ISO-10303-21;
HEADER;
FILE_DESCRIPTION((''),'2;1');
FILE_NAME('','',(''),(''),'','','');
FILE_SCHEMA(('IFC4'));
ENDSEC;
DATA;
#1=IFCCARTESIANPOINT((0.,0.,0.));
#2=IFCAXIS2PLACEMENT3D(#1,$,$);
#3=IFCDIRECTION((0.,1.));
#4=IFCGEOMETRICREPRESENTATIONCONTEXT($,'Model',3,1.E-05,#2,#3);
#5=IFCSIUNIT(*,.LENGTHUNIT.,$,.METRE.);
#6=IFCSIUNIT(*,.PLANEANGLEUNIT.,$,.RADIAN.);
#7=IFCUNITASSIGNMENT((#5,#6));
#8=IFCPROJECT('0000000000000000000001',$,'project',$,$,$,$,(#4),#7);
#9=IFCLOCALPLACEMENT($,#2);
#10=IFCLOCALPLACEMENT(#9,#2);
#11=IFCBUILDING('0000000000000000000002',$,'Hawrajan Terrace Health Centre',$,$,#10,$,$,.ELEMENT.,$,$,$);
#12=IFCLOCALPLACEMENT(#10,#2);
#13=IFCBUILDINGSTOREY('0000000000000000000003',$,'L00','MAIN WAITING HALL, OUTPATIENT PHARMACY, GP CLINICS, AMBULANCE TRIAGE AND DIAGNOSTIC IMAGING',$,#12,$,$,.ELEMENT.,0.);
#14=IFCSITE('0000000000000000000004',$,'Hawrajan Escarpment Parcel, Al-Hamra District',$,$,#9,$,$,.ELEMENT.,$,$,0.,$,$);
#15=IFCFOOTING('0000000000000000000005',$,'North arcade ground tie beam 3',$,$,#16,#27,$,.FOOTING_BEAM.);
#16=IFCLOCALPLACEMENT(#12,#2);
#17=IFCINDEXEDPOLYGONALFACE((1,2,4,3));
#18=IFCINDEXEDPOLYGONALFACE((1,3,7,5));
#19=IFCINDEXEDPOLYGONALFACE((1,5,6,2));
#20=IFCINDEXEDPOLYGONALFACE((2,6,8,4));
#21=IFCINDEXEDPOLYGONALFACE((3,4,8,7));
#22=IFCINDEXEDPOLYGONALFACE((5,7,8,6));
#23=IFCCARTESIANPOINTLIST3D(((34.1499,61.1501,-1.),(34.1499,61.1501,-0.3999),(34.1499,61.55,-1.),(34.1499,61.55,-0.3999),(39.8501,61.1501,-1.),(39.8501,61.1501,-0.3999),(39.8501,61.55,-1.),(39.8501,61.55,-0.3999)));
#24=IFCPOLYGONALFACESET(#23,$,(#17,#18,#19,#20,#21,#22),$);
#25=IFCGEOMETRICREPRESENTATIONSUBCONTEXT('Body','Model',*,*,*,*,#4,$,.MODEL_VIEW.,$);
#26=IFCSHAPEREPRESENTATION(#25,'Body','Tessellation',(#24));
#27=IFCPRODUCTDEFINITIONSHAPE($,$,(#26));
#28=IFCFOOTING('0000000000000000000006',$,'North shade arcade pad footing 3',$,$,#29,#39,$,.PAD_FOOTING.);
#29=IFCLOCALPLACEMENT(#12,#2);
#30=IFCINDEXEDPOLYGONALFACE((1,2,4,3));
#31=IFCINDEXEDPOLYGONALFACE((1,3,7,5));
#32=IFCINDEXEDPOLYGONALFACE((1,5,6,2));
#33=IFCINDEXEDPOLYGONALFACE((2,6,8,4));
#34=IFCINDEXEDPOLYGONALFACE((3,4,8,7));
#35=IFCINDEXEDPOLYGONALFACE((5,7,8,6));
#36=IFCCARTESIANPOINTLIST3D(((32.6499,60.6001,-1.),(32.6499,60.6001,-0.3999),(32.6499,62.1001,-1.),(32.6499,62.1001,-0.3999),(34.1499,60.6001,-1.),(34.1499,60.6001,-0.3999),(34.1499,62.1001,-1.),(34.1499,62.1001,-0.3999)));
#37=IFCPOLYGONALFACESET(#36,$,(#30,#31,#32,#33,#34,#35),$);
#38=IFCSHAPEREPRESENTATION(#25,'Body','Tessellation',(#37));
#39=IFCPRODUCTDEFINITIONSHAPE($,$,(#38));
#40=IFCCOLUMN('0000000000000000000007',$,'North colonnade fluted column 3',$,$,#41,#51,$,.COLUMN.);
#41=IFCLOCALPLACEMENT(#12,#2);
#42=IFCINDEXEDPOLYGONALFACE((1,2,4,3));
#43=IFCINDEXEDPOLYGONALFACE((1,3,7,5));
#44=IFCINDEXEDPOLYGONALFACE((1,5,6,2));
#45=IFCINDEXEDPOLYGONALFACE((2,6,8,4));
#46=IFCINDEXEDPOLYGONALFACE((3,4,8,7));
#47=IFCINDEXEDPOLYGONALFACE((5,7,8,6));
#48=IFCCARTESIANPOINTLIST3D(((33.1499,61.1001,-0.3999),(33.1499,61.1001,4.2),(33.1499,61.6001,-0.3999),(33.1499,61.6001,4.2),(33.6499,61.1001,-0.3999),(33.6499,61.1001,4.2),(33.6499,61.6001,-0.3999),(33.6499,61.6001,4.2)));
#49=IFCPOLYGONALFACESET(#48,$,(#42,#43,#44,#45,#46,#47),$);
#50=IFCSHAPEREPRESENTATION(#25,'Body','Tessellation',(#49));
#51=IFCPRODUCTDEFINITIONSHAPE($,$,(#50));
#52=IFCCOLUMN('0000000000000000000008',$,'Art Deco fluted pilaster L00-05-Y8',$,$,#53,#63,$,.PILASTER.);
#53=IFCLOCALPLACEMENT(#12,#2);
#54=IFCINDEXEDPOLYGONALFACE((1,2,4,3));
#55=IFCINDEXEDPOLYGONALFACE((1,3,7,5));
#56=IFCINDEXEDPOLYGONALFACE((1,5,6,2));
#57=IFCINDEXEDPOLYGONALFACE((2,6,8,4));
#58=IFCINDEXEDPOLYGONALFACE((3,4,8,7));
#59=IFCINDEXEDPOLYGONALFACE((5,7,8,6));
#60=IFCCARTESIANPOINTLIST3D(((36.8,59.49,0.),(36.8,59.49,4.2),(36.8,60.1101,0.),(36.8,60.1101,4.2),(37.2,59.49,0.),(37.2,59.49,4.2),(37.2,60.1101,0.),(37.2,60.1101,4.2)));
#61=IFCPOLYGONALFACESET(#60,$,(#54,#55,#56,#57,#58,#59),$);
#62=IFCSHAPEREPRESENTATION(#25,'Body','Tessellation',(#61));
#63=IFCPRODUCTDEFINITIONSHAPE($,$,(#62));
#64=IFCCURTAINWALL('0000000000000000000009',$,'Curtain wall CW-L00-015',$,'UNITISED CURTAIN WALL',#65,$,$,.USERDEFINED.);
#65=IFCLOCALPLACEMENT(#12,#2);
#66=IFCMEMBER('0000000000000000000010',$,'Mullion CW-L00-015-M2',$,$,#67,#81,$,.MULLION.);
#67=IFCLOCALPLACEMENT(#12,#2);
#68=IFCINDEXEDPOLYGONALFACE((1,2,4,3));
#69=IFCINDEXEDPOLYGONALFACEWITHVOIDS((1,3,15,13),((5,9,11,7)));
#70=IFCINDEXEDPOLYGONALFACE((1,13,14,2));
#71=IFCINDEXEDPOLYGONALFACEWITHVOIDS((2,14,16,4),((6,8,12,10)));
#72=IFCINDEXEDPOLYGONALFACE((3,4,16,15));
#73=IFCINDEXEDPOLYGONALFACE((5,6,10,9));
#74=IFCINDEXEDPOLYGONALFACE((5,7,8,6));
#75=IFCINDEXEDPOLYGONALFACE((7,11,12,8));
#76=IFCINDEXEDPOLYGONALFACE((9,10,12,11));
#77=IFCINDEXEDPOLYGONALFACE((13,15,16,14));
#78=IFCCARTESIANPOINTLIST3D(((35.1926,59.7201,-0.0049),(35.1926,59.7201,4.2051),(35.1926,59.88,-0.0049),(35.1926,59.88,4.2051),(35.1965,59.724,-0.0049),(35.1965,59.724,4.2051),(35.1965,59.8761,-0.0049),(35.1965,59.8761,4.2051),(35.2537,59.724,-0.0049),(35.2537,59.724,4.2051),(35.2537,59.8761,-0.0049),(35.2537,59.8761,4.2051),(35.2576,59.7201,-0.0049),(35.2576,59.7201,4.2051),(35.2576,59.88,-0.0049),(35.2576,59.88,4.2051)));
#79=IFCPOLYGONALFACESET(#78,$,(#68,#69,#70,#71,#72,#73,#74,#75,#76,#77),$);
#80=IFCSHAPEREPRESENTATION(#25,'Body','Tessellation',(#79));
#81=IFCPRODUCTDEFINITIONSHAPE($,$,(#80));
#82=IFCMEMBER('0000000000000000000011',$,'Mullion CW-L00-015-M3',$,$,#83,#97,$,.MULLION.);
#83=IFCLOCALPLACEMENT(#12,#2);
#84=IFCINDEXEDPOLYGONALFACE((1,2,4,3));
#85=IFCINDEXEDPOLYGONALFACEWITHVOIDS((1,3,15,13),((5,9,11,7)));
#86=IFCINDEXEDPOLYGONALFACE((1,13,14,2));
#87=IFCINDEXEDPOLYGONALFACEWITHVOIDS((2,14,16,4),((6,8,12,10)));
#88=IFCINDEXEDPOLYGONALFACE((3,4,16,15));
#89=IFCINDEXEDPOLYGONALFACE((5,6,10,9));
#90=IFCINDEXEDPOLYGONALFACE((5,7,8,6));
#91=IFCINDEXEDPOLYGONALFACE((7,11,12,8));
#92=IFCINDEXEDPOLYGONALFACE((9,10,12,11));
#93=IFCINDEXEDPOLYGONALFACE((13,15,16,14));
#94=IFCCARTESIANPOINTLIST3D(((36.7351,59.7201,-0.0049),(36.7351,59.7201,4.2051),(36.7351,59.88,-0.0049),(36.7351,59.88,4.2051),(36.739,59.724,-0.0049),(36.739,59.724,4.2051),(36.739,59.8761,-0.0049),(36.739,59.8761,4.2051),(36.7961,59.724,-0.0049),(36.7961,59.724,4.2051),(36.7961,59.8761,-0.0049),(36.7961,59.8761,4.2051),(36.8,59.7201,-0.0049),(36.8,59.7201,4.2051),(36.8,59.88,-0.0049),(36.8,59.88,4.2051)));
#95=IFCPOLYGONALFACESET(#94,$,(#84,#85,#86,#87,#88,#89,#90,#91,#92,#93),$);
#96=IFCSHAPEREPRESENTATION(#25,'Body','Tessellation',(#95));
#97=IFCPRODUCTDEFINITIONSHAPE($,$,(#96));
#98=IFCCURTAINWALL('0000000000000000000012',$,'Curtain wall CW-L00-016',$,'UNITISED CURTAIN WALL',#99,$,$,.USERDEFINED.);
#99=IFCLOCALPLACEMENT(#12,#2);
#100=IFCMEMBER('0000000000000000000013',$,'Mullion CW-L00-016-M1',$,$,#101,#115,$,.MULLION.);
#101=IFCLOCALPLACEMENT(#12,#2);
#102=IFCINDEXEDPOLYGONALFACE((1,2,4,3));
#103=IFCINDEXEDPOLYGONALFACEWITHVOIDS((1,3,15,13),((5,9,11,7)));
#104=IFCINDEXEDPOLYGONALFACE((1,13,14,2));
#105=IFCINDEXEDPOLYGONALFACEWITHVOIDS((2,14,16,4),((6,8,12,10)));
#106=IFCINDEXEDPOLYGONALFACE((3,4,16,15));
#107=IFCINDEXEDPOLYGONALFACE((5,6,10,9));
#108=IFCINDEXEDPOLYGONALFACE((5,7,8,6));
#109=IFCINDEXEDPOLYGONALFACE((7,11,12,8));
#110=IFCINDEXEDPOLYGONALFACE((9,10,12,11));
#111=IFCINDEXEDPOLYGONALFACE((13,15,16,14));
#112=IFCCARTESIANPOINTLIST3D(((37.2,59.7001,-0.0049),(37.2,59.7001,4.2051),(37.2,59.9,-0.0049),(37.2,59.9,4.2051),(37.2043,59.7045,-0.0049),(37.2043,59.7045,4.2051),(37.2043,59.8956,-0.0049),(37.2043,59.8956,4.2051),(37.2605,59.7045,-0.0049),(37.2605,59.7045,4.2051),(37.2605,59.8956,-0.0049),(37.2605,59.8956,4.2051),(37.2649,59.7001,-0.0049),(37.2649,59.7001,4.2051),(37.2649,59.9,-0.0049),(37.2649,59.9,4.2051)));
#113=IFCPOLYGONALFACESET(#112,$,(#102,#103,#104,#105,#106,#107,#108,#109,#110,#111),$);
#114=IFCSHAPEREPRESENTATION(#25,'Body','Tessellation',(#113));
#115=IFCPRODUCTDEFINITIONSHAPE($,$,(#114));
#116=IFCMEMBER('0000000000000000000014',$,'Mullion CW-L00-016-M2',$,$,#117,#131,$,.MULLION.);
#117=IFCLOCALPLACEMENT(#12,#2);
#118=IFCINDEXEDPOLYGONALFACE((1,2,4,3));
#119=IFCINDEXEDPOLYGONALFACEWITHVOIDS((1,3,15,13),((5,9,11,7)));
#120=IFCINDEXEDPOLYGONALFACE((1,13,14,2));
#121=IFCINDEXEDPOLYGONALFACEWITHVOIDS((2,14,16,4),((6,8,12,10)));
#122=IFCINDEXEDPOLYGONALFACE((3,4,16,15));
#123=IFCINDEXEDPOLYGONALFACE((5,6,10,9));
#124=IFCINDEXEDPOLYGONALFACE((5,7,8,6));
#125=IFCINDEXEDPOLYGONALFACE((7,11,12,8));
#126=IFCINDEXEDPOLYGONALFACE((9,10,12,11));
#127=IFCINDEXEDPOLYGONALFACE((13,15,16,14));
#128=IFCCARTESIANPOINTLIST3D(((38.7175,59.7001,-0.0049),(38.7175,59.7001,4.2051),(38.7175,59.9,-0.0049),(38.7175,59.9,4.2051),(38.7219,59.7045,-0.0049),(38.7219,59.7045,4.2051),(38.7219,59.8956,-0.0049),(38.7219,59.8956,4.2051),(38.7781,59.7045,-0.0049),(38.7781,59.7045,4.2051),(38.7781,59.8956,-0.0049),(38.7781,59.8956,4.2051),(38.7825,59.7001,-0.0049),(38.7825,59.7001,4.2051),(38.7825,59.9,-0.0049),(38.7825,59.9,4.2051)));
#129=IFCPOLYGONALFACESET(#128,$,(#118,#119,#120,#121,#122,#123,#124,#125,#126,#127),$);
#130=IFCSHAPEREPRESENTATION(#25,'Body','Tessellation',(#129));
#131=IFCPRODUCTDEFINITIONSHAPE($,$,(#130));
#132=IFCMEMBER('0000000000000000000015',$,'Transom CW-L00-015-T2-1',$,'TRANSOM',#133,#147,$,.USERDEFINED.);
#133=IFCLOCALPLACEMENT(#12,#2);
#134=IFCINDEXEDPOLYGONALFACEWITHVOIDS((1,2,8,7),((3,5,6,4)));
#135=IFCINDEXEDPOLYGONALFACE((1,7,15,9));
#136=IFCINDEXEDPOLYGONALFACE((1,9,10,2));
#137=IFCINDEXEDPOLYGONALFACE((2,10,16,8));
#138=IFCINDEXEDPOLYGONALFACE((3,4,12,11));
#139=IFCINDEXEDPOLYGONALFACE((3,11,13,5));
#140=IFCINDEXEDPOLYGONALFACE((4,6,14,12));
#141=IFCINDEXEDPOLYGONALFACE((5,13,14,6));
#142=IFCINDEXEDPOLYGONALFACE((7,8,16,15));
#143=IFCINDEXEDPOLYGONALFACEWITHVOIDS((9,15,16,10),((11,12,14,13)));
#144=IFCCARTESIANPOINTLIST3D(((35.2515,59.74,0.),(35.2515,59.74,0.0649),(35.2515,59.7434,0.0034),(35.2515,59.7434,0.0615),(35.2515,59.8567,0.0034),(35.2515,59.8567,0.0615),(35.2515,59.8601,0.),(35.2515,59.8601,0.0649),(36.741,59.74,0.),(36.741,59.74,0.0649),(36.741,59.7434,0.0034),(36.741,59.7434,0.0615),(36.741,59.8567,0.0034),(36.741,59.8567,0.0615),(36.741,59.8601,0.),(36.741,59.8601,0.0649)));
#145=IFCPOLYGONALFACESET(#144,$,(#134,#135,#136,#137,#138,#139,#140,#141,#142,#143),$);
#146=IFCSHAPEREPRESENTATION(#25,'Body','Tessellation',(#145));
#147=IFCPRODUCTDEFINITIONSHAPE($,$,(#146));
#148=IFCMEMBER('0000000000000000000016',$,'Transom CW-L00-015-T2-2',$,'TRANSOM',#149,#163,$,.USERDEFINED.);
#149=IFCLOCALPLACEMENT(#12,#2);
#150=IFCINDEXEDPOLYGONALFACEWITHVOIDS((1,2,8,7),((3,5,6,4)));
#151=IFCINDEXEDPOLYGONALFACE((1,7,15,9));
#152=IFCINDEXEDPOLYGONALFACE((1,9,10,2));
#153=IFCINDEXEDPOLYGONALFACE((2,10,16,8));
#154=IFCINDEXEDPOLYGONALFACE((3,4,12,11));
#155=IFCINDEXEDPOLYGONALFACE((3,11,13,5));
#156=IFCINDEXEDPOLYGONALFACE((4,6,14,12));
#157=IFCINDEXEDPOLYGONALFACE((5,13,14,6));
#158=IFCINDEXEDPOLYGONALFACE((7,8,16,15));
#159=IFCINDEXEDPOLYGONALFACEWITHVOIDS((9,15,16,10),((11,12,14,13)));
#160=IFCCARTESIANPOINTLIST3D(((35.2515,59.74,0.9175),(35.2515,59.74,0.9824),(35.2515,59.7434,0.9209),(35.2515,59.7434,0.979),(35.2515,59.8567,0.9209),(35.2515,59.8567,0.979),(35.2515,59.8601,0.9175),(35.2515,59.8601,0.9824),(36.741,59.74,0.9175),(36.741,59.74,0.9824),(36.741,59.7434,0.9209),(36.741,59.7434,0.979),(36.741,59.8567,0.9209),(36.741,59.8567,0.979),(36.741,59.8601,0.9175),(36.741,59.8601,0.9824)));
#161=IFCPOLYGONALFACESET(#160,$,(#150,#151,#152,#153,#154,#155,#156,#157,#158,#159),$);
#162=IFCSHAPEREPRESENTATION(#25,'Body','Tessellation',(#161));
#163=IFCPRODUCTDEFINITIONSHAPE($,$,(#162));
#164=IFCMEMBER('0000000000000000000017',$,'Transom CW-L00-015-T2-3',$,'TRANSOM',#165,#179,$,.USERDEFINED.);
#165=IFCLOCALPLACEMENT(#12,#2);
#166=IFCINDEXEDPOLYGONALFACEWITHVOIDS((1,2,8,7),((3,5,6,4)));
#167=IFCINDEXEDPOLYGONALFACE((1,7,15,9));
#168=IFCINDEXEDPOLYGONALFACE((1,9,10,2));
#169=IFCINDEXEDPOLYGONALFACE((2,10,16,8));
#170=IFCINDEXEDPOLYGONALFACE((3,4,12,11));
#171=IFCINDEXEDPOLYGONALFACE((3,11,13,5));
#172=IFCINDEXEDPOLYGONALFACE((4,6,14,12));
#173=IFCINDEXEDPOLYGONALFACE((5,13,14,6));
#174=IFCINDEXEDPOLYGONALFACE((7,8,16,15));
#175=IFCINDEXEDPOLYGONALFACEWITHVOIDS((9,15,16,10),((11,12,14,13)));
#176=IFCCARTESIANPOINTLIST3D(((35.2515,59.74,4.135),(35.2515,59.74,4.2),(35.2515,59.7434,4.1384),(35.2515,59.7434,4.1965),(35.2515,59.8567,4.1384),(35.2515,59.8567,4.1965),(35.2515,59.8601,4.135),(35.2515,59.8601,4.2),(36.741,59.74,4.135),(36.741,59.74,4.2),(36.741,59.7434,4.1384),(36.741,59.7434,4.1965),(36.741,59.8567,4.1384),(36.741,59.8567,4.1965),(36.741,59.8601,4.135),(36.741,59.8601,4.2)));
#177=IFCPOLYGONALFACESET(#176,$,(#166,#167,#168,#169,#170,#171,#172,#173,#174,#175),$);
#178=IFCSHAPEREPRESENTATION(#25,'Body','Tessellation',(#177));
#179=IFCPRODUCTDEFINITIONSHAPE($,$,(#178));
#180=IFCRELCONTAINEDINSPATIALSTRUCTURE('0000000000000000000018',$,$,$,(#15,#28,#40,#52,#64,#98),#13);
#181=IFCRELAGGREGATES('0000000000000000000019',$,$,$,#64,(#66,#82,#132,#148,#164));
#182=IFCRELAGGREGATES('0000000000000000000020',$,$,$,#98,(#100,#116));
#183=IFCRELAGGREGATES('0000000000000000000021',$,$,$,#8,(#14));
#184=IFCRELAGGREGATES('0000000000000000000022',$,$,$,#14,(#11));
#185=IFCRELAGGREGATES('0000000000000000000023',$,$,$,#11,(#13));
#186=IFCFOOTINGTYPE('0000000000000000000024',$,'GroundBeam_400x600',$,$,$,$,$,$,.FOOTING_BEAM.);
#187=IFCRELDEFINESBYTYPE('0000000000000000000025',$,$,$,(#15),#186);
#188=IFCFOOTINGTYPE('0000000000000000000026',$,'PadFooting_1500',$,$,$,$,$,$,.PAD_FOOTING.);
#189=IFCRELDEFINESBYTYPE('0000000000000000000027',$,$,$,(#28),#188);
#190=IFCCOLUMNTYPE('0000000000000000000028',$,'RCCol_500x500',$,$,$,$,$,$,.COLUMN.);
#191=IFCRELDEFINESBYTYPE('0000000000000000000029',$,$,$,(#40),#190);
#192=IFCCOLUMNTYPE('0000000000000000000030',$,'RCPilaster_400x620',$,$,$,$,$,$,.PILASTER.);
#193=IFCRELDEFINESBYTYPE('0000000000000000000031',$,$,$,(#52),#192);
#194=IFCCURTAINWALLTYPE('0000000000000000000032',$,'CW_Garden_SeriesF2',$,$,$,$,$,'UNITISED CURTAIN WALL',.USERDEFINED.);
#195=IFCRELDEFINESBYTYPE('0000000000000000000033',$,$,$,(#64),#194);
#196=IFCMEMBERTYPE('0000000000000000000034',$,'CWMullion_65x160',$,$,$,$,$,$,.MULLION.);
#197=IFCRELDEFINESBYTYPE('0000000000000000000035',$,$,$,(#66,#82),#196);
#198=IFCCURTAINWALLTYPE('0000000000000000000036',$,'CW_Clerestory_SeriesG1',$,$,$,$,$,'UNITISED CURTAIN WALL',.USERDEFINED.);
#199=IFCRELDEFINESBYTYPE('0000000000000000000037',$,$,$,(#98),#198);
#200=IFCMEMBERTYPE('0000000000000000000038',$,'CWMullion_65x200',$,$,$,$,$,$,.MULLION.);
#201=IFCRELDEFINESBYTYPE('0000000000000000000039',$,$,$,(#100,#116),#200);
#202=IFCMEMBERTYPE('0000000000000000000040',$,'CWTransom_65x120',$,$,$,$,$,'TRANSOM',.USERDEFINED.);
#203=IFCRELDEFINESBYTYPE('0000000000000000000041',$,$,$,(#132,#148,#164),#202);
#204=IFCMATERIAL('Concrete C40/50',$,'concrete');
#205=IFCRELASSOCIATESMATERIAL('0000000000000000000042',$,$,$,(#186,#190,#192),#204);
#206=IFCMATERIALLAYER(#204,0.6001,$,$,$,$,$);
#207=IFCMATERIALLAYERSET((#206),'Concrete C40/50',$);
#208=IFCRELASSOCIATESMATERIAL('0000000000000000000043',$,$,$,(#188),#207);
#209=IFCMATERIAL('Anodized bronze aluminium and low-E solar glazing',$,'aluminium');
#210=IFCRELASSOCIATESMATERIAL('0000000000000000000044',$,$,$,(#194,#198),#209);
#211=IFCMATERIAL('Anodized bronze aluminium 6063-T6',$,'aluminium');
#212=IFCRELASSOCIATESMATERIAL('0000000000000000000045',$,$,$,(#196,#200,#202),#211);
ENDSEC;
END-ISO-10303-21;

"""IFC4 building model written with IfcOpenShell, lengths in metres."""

from ifc_helpers import new_model, si_unit, direction, frame, origin, origin_2d, place, context, subcontext, project, spatial, rectangle, hollow_rectangle, extrude, material, layer, layer_set, material_profile, profile_set, type_object, element, aggregate, save


model = new_model("IFC4")

# Units and contexts
model_context = context("Model", 3, precision=1e-05, world=origin(), true_north=direction((0.0, 1.0)))
body_context = subcontext(model_context, "Body", "Model", "MODEL_VIEW")
ifc_project = project(units=[si_unit("LENGTHUNIT", "METRE"), si_unit("PLANEANGLEUNIT", "RADIAN")], contexts=[model_context])

# Site, building, storey
site_placement = place(None, origin())
site = spatial("IfcSite", under=ifc_project, at=site_placement, Name="Hawrajan Escarpment Parcel, Al-Hamra District", CompositionType="ELEMENT", RefElevation=0.0)
building_placement = place(site_placement, origin())
building = spatial("IfcBuilding", under=site, at=building_placement, Name="Hawrajan Terrace Health Centre", CompositionType="ELEMENT")
storey_placement = place(building_placement, origin())
storey = spatial("IfcBuildingStorey", under=building, at=storey_placement, Name="L00", Description="MAIN WAITING HALL, OUTPATIENT PHARMACY, GP CLINICS, AMBULANCE TRIAGE AND DIAGNOSTIC IMAGING", CompositionType="ELEMENT", Elevation=0.0)

# Footings
ifc_material_1 = material(Name="Concrete C40/50", Category="concrete")
ifc_material_profile_1 = material_profile(ifc_material_1, rectangle(XDim=0.3999, YDim=0.6001, at=origin_2d()), Name="RC BM 400x600")
ifc_profile_set_1 = profile_set([ifc_material_profile_1], Name="Concrete C40/50")
footing_type_1 = type_object("IfcFootingType", Name="GroundBeam_400x600", PredefinedType="FOOTING_BEAM", material=ifc_profile_set_1)
footing_1_placement = place(storey_placement, frame((34.1499, 61.3501, -0.7), z_axis=(1.0, 0.0, 0.0), x_axis=(0.0, 1.0, 0.0)))
element("IfcFooting", 1, at=footing_1_placement, inside=storey, type_object=footing_type_1, Name="North arcade ground tie beam 3", PredefinedType="FOOTING_BEAM", context=body_context, shape_type="SweptSolid", body=[
    extrude(rectangle(XDim=0.3999, YDim=0.6001, at=origin_2d()), origin(), (0.0, 0.0, 1.0), 5.7002),
])
ifc_layer_1 = layer(ifc_material_1, 0.6001)
ifc_layer_set_1 = layer_set([ifc_layer_1], Name="Concrete C40/50")
footing_type_2 = type_object("IfcFootingType", Name="PadFooting_1500", PredefinedType="PAD_FOOTING", material=ifc_layer_set_1)
footing_2_placement = place(storey_placement, frame((33.3999, 61.3501, -1.0), z_axis=(0.0, 0.0, 1.0), x_axis=(1.0, 0.0, 0.0)))
element("IfcFooting", 2, at=footing_2_placement, inside=storey, type_object=footing_type_2, Name="North shade arcade pad footing 3", PredefinedType="PAD_FOOTING", context=body_context, shape_type="SweptSolid", body=[
    extrude(rectangle(XDim=1.5, YDim=1.5, at=origin_2d()), origin(), (0.0, 0.0, 1.0), 0.6001),
])

# Columns
ifc_material_profile_2 = material_profile(ifc_material_1, rectangle(XDim=0.5, YDim=0.5, at=origin_2d()), Name="RC 500x500")
ifc_profile_set_2 = profile_set([ifc_material_profile_2], Name="Concrete C40/50")
column_type_1 = type_object("IfcColumnType", Name="RCCol_500x500", PredefinedType="COLUMN", material=ifc_profile_set_2)
column_1_placement = place(storey_placement, frame((33.3999, 61.3501, -0.3999), z_axis=(0.0, 0.0, 1.0), x_axis=(1.0, 0.0, 0.0)))
element("IfcColumn", 3, at=column_1_placement, inside=storey, type_object=column_type_1, Name="North colonnade fluted column 3", PredefinedType="COLUMN", context=body_context, shape_type="SweptSolid", body=[
    extrude(rectangle(XDim=0.5, YDim=0.5, at=origin_2d()), origin(), (0.0, 0.0, 1.0), 4.5999),
])
ifc_material_profile_3 = material_profile(ifc_material_1, rectangle(XDim=0.3999, YDim=0.6201, at=origin_2d()), Name="RC PIL 400x620")
ifc_profile_set_3 = profile_set([ifc_material_profile_3], Name="Concrete C40/50")
column_type_2 = type_object("IfcColumnType", Name="RCPilaster_400x620", PredefinedType="PILASTER", material=ifc_profile_set_3)
column_2_placement = place(storey_placement, frame((37.0, 59.8, 0.0), z_axis=(0.0, 0.0, 1.0), x_axis=(1.0, 0.0, 0.0)))
element("IfcColumn", 4, at=column_2_placement, inside=storey, type_object=column_type_2, Name="Art Deco fluted pilaster L00-05-Y8", PredefinedType="PILASTER", context=body_context, shape_type="SweptSolid", body=[
    extrude(rectangle(XDim=0.3999, YDim=0.6201, at=origin_2d()), origin(), (0.0, 0.0, 1.0), 4.2),
])

# Curtain walls, members
ifc_material_2 = material(Name="Anodized bronze aluminium and low-E solar glazing", Category="aluminium")
curtain_wall_type_1 = type_object("IfcCurtainWallType", Name="CW_Garden_SeriesF2", ElementType="UNITISED CURTAIN WALL", PredefinedType="USERDEFINED", material=ifc_material_2)
curtain_wall_1_placement = place(storey_placement, origin())
curtain_wall_1 = element("IfcCurtainWall", 5, at=curtain_wall_1_placement, inside=storey, type_object=curtain_wall_type_1, Name="Curtain wall CW-L00-015", ObjectType="UNITISED CURTAIN WALL", PredefinedType="USERDEFINED")
ifc_material_3 = material(Name="Anodized bronze aluminium 6063-T6", Category="aluminium")
ifc_material_profile_4 = material_profile(ifc_material_3, hollow_rectangle(XDim=0.0649, YDim=0.1599, WallThickness=0.0039, at=origin_2d()), Name="CW MUL 65x160")
ifc_profile_set_4 = profile_set([ifc_material_profile_4], Name="Anodized bronze aluminium 6063-T6")
member_type_1 = type_object("IfcMemberType", Name="CWMullion_65x160", PredefinedType="MULLION", material=ifc_profile_set_4)
member_1_placement = place(storey_placement, frame((35.2251, 59.8, -0.0049), z_axis=(0.0, 0.0, 1.0), x_axis=(1.0, 0.0, 0.0)))
member_1 = element("IfcMember", 6, at=member_1_placement, type_object=member_type_1, Name="Mullion CW-L00-015-M2", PredefinedType="MULLION", context=body_context, shape_type="SweptSolid", body=[
    extrude(hollow_rectangle(XDim=0.0649, YDim=0.1599, WallThickness=0.0039, at=origin_2d()), origin(), (0.0, 0.0, 1.0), 4.21),
])
member_2_placement = place(storey_placement, frame((36.7676, 59.8, -0.0049), z_axis=(0.0, 0.0, 1.0), x_axis=(1.0, 0.0, 0.0)))
member_2 = element("IfcMember", 7, at=member_2_placement, type_object=member_type_1, Name="Mullion CW-L00-015-M3", PredefinedType="MULLION", context=body_context, shape_type="SweptSolid", body=[
    extrude(hollow_rectangle(XDim=0.0649, YDim=0.1599, WallThickness=0.0039, at=origin_2d()), origin(), (0.0, 0.0, 1.0), 4.21),
])
curtain_wall_type_2 = type_object("IfcCurtainWallType", Name="CW_Clerestory_SeriesG1", ElementType="UNITISED CURTAIN WALL", PredefinedType="USERDEFINED", material=ifc_material_2)
curtain_wall_2_placement = place(storey_placement, origin())
curtain_wall_2 = element("IfcCurtainWall", 8, at=curtain_wall_2_placement, inside=storey, type_object=curtain_wall_type_2, Name="Curtain wall CW-L00-016", ObjectType="UNITISED CURTAIN WALL", PredefinedType="USERDEFINED")
ifc_material_profile_5 = material_profile(ifc_material_3, hollow_rectangle(XDim=0.0649, YDim=0.2, WallThickness=0.0044, at=origin_2d()), Name="CW MUL 65x200")
ifc_profile_set_5 = profile_set([ifc_material_profile_5], Name="Anodized bronze aluminium 6063-T6")
member_type_2 = type_object("IfcMemberType", Name="CWMullion_65x200", PredefinedType="MULLION", material=ifc_profile_set_5)
member_3_placement = place(storey_placement, frame((37.2324, 59.8, -0.0049), z_axis=(0.0, 0.0, 1.0), x_axis=(1.0, 0.0, 0.0)))
member_3 = element("IfcMember", 9, at=member_3_placement, type_object=member_type_2, Name="Mullion CW-L00-016-M1", PredefinedType="MULLION", context=body_context, shape_type="SweptSolid", body=[
    extrude(hollow_rectangle(XDim=0.0649, YDim=0.2, WallThickness=0.0044, at=origin_2d()), origin(), (0.0, 0.0, 1.0), 4.21),
])
member_4_placement = place(storey_placement, frame((38.75, 59.8, -0.0049), z_axis=(0.0, 0.0, 1.0), x_axis=(1.0, 0.0, 0.0)))
member_4 = element("IfcMember", 10, at=member_4_placement, type_object=member_type_2, Name="Mullion CW-L00-016-M2", PredefinedType="MULLION", context=body_context, shape_type="SweptSolid", body=[
    extrude(hollow_rectangle(XDim=0.0649, YDim=0.2, WallThickness=0.0044, at=origin_2d()), origin(), (0.0, 0.0, 1.0), 4.21),
])

# Members
ifc_material_profile_6 = material_profile(ifc_material_3, hollow_rectangle(XDim=0.0649, YDim=0.1201, WallThickness=0.0034, at=origin_2d()), Name="CW TRN 65x120")
ifc_profile_set_6 = profile_set([ifc_material_profile_6], Name="Anodized bronze aluminium 6063-T6")
member_type_3 = type_object("IfcMemberType", Name="CWTransom_65x120", ElementType="TRANSOM", PredefinedType="USERDEFINED", material=ifc_profile_set_6)
member_5_placement = place(storey_placement, frame((35.2515, 59.8, 0.0325), z_axis=(1.0, 0.0, 0.0), x_axis=(0.0, 0.0, 1.0)))
member_5 = element("IfcMember", 11, at=member_5_placement, type_object=member_type_3, Name="Transom CW-L00-015-T2-1", ObjectType="TRANSOM", PredefinedType="USERDEFINED", context=body_context, shape_type="SweptSolid", body=[
    extrude(hollow_rectangle(XDim=0.0649, YDim=0.1201, WallThickness=0.0034, at=origin_2d()), origin(), (0.0, 0.0, 1.0), 1.4895),
])
member_6_placement = place(storey_placement, frame((35.2515, 59.8, 0.95), z_axis=(1.0, 0.0, 0.0), x_axis=(0.0, 0.0, 1.0)))
member_6 = element("IfcMember", 12, at=member_6_placement, type_object=member_type_3, Name="Transom CW-L00-015-T2-2", ObjectType="TRANSOM", PredefinedType="USERDEFINED", context=body_context, shape_type="SweptSolid", body=[
    extrude(hollow_rectangle(XDim=0.0649, YDim=0.1201, WallThickness=0.0034, at=origin_2d()), origin(), (0.0, 0.0, 1.0), 1.4895),
])
member_7_placement = place(storey_placement, frame((35.2515, 59.8, 4.1675), z_axis=(1.0, 0.0, 0.0), x_axis=(0.0, 0.0, 1.0)))
member_7 = element("IfcMember", 13, at=member_7_placement, type_object=member_type_3, Name="Transom CW-L00-015-T2-3", ObjectType="TRANSOM", PredefinedType="USERDEFINED", context=body_context, shape_type="SweptSolid", body=[
    extrude(hollow_rectangle(XDim=0.0649, YDim=0.1201, WallThickness=0.0034, at=origin_2d()), origin(), (0.0, 0.0, 1.0), 1.4895),
])

aggregate(curtain_wall_1, [member_1, member_2, member_5, member_6, member_7])
aggregate(curtain_wall_2, [member_3, member_4])

save(model, "model.ifc")
